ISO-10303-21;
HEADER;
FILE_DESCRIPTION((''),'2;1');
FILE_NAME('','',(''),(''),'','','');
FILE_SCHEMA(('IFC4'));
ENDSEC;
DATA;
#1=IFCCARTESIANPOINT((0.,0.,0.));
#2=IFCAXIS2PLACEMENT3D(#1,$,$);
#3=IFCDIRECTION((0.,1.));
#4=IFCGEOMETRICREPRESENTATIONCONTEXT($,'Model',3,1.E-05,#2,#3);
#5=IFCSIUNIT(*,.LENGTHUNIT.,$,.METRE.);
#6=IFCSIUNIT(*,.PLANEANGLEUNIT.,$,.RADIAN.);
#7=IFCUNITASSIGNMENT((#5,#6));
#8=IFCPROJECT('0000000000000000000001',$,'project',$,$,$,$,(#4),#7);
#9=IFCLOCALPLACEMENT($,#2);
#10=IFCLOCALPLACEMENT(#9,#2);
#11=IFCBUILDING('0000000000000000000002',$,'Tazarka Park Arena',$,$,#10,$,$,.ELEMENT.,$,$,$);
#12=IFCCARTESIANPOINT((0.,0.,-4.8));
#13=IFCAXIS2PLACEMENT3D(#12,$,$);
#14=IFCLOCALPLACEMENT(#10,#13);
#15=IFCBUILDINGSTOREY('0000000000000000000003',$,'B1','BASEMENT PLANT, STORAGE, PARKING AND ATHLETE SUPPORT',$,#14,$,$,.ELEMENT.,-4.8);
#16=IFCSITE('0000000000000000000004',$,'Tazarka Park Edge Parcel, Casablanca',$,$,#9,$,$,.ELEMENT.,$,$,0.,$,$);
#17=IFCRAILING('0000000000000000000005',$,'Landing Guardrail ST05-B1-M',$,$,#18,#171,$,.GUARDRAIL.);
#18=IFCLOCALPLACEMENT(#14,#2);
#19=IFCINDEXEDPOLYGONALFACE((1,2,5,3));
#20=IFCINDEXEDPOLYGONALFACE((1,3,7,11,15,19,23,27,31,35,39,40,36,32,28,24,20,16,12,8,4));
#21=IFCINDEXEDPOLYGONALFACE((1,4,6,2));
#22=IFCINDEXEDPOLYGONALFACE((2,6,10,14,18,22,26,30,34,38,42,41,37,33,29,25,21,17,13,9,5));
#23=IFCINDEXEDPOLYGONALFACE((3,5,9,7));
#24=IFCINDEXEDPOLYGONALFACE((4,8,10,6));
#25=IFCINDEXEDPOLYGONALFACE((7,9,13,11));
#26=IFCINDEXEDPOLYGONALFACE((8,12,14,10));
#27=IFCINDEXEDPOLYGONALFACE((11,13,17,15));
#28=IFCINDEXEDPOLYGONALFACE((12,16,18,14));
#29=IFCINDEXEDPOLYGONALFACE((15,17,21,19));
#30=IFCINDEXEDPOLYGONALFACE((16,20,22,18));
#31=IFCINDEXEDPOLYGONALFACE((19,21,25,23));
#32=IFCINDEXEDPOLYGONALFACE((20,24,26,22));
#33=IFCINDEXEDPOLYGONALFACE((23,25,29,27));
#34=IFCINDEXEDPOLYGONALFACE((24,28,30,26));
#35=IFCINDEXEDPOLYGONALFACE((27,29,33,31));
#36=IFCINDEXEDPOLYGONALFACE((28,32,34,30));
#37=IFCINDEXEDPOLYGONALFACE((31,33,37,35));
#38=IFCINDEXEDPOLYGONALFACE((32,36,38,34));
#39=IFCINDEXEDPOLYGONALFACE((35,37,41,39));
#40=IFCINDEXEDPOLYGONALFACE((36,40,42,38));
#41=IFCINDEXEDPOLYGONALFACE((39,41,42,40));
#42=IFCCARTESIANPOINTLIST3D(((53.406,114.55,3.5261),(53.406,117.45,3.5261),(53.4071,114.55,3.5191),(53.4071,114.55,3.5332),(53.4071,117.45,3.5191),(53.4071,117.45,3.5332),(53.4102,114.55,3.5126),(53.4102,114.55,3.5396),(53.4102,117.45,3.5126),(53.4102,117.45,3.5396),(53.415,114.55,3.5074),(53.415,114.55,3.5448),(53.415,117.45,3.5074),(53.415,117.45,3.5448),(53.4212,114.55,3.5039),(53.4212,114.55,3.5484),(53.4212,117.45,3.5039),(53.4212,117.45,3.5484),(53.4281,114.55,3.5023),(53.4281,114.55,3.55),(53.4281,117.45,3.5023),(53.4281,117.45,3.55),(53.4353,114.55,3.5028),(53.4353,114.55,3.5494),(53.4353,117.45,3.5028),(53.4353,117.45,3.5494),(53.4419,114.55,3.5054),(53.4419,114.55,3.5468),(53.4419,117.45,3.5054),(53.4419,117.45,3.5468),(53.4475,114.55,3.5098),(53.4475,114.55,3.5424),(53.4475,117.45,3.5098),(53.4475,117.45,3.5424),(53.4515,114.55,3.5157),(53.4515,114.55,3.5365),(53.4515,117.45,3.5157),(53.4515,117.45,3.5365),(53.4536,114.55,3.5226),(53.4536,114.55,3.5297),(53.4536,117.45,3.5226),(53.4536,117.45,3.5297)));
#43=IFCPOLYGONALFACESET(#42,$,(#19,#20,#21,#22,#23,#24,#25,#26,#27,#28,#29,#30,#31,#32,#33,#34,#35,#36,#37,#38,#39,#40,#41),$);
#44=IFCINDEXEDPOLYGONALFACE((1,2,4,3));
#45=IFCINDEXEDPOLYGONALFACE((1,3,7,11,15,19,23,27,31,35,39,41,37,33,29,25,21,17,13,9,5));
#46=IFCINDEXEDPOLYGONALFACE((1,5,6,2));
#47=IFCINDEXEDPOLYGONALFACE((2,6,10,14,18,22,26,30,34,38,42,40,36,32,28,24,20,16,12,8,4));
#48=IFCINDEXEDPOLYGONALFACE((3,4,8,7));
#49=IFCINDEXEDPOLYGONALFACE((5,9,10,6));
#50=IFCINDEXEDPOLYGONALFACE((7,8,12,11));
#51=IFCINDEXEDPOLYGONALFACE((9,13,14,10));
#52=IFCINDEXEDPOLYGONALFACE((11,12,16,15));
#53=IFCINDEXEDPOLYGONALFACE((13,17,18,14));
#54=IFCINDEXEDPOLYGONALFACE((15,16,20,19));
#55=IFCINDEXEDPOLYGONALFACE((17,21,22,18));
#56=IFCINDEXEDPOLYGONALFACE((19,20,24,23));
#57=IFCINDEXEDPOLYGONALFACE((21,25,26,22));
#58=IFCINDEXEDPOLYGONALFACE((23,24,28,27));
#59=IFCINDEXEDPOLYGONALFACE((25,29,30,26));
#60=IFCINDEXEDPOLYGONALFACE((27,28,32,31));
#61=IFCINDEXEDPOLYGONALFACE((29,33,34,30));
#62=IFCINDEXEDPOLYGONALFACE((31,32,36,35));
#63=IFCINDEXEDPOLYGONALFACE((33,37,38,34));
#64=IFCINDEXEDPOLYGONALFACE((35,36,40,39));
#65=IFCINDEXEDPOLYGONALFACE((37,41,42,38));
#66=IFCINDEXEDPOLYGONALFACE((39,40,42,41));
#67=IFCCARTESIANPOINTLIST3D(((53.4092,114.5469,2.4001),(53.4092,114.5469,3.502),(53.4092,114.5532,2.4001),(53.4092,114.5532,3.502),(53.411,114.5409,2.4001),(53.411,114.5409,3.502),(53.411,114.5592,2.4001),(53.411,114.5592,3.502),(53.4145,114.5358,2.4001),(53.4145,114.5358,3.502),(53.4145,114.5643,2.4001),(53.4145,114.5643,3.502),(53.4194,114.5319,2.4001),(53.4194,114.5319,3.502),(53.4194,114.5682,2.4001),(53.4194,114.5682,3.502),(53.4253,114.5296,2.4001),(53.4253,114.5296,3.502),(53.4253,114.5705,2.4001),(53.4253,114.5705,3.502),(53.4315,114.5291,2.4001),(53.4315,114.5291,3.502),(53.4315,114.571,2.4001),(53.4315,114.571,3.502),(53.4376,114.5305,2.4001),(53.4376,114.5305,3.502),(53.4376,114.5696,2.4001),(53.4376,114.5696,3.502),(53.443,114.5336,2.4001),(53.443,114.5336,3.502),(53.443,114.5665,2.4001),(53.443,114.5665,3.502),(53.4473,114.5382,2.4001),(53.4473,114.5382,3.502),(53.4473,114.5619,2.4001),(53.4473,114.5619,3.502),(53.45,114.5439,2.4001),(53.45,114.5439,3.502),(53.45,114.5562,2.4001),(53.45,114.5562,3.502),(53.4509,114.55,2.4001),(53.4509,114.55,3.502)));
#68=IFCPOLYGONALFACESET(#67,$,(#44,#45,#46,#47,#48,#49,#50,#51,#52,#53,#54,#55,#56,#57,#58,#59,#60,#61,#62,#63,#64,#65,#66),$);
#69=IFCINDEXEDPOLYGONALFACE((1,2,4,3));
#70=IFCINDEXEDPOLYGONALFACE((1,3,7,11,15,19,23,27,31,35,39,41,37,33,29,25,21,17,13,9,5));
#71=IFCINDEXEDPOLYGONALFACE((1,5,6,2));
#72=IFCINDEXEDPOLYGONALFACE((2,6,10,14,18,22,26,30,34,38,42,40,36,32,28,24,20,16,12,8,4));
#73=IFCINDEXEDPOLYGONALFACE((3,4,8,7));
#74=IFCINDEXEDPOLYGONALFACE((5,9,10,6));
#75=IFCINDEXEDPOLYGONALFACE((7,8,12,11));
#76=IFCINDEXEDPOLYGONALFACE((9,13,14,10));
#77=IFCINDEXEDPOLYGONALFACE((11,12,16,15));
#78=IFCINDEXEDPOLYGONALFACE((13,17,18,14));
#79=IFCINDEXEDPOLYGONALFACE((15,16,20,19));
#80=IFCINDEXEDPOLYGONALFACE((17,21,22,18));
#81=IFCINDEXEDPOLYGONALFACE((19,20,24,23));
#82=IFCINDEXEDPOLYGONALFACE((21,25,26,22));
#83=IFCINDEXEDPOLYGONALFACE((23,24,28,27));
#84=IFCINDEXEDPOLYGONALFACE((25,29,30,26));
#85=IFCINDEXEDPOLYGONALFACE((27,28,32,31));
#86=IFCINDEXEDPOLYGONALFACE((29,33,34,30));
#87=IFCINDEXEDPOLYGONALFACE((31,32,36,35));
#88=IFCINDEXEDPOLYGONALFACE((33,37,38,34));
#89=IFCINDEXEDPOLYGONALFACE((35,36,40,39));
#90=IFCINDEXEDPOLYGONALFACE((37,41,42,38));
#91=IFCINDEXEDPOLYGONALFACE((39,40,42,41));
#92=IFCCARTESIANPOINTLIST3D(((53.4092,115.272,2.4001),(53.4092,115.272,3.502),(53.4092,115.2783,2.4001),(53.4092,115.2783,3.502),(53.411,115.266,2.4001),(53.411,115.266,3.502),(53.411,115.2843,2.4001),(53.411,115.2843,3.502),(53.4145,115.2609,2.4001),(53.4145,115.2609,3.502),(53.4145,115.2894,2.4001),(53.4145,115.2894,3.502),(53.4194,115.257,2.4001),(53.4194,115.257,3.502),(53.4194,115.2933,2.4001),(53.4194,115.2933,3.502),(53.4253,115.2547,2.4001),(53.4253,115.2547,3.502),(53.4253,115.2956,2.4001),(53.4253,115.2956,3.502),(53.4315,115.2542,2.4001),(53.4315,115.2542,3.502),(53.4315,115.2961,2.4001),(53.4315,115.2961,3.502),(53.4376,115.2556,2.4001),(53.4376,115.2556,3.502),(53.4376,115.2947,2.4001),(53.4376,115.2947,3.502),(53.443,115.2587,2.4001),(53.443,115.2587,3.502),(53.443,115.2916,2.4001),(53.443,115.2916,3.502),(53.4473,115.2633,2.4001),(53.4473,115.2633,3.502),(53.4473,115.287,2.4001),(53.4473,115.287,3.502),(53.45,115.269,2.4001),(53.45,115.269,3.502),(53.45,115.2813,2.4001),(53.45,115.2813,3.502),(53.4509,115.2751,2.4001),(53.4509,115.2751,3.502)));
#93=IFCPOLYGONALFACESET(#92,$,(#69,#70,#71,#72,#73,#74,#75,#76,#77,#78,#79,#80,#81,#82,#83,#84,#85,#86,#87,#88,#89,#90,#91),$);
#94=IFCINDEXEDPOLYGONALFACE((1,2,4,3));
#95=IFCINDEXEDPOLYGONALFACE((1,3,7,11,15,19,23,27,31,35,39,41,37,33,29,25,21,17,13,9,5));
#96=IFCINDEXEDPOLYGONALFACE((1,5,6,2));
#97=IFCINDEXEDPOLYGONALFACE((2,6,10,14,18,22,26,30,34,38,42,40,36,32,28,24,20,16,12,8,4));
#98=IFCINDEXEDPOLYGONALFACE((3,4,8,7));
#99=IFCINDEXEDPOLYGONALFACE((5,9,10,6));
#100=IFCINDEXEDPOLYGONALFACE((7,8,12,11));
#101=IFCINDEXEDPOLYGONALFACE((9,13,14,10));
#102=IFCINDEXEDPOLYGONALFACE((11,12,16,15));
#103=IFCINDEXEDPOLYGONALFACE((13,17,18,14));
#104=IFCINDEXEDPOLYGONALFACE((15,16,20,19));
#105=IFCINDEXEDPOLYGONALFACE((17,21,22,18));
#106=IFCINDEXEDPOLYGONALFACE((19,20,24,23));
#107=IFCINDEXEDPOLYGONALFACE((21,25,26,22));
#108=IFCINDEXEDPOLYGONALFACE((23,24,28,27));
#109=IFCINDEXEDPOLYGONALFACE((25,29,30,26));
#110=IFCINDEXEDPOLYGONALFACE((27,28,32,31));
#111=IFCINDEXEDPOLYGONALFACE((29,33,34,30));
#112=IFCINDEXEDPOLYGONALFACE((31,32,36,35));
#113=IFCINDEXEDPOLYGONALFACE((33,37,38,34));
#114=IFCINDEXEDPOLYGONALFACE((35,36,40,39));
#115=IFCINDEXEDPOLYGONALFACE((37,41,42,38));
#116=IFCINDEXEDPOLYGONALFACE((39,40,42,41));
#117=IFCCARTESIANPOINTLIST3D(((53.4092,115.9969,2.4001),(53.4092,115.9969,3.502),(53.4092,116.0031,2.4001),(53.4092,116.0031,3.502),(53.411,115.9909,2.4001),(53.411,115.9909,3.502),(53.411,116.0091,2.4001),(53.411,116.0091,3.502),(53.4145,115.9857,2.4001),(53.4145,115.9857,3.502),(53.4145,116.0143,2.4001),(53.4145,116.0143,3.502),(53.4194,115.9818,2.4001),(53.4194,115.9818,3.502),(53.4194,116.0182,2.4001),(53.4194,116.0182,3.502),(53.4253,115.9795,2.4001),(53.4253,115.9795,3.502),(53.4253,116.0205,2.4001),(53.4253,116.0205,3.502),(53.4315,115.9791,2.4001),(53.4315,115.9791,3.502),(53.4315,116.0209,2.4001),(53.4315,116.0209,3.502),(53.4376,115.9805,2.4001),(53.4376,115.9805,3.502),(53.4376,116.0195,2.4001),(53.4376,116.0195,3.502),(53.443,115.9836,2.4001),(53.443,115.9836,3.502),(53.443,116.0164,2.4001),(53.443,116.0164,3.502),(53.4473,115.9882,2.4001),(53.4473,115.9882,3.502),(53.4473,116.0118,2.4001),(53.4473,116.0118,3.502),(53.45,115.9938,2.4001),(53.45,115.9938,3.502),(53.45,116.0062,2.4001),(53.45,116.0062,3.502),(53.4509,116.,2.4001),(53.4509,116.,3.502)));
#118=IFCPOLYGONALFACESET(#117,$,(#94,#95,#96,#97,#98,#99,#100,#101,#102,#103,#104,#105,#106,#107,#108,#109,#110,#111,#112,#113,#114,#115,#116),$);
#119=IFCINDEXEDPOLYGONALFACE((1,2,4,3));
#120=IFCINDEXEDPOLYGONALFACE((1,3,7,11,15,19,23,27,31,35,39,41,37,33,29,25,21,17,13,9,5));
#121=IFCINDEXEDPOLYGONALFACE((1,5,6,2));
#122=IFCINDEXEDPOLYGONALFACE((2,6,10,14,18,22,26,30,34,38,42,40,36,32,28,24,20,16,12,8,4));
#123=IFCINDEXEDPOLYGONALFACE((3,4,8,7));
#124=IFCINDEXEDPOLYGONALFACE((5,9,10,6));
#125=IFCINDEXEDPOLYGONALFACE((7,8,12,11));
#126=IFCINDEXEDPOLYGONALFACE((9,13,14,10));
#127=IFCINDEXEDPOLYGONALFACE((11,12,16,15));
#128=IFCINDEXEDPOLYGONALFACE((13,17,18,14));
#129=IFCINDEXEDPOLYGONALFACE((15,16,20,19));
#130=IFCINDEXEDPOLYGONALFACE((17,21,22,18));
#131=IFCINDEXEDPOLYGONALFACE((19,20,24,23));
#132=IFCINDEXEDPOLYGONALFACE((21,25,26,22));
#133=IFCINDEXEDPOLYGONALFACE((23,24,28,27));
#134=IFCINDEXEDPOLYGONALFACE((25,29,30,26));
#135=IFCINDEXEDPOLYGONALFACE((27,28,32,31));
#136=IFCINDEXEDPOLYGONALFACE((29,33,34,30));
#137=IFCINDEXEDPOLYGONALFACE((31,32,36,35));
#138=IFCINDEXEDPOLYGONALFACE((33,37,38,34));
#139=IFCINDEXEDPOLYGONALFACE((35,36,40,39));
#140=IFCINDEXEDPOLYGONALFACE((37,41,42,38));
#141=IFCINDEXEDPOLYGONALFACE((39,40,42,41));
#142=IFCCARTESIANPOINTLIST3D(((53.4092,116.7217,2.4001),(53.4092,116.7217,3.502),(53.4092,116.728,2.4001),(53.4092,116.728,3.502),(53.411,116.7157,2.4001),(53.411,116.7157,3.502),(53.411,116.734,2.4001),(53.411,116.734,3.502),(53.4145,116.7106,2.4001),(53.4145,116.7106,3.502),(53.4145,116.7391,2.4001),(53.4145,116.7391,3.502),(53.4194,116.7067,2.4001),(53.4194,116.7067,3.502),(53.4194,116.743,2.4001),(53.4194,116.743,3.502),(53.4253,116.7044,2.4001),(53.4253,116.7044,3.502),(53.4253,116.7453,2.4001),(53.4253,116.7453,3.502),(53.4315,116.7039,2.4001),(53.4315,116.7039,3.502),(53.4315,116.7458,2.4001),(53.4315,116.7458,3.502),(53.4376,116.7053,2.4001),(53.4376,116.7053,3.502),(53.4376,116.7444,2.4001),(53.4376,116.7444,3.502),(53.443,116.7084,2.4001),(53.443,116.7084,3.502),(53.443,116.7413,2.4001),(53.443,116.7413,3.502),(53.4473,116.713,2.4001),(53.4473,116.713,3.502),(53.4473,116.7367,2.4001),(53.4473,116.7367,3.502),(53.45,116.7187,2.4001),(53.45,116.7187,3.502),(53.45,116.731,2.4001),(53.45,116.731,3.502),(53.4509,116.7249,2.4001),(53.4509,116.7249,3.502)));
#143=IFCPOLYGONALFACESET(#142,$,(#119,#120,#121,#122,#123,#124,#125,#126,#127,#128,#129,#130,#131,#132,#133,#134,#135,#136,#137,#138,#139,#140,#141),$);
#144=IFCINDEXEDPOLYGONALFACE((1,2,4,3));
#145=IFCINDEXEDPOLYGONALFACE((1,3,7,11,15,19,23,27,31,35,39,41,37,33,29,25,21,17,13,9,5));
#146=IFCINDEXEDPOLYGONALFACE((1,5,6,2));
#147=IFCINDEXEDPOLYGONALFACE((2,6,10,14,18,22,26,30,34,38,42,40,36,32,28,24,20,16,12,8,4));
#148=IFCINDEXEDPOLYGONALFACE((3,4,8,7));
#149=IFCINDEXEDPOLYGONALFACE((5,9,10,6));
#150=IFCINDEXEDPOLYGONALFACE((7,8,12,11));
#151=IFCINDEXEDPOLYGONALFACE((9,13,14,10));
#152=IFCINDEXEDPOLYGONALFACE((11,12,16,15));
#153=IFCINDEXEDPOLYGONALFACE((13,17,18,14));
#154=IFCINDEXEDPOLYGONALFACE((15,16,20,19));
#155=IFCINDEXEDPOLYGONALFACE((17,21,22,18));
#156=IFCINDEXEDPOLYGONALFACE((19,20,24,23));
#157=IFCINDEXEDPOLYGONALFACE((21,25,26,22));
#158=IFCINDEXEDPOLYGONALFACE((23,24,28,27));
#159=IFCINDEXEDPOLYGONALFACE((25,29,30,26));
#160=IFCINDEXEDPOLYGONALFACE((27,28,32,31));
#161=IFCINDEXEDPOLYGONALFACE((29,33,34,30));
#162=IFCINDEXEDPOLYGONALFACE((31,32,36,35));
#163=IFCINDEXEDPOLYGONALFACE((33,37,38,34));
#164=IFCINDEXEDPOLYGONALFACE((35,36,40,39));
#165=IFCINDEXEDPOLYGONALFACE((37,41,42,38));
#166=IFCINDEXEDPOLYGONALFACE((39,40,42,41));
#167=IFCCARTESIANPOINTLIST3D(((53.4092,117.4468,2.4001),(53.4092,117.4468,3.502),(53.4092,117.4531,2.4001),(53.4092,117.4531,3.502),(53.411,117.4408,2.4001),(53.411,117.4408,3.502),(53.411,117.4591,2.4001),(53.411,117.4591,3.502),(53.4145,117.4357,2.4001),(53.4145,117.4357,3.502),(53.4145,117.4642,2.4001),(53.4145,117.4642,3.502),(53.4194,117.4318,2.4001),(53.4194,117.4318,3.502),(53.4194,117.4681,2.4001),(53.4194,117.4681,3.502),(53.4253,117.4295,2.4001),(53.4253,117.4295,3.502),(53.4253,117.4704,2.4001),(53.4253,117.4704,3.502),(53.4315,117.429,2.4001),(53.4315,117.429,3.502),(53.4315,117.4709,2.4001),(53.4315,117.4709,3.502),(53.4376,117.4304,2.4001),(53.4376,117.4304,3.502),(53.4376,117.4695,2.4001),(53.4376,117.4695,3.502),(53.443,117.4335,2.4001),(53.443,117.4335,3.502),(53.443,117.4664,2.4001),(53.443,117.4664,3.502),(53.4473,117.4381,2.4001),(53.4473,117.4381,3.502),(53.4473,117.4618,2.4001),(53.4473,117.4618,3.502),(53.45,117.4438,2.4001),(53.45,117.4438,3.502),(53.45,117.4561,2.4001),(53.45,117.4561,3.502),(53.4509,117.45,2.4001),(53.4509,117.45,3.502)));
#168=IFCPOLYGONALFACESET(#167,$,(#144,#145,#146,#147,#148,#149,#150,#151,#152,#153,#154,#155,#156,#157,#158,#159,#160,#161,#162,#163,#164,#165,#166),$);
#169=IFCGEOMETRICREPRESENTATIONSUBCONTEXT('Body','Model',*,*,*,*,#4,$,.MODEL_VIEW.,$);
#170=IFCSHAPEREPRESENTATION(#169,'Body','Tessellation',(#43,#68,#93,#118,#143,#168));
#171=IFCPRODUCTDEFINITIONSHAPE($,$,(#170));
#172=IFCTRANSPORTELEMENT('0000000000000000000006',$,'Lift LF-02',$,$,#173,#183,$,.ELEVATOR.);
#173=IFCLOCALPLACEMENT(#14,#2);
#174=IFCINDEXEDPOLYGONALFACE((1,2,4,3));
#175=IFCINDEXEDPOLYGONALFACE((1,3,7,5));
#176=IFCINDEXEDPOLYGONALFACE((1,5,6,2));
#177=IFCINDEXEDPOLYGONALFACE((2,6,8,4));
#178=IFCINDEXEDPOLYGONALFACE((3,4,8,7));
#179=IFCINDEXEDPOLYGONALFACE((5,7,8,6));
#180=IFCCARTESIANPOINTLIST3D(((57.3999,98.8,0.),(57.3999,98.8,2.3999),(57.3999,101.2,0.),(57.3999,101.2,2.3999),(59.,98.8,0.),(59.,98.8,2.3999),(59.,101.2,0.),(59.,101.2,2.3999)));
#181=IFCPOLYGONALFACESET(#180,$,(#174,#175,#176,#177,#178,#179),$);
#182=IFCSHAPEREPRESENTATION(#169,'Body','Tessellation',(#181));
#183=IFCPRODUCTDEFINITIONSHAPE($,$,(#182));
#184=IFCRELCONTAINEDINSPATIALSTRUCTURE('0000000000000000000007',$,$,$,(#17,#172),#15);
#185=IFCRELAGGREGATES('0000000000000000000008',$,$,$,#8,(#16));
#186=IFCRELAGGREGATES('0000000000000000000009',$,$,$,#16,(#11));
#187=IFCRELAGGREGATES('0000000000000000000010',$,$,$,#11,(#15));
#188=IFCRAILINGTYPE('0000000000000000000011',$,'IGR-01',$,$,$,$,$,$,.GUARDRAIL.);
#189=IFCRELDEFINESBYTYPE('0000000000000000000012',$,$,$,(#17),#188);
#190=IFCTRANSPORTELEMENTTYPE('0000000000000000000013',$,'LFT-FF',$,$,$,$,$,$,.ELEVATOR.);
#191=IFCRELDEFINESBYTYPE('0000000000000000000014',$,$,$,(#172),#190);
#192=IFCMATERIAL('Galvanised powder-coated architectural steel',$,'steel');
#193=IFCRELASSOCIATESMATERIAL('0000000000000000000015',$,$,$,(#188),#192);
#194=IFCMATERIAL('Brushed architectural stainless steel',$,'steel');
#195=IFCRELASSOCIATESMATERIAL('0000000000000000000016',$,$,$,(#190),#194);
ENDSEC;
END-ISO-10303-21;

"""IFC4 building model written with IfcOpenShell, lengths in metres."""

from ifc_helpers import new_model, si_unit, direction, frame, origin, origin_2d, place, context, subcontext, project, spatial, rectangle, circle, extrude, material, type_object, element, save


model = new_model("IFC4")

# Units and contexts
model_context = context("Model", 3, precision=1e-05, world=origin(), true_north=direction((0.0, 1.0)))
body_context = subcontext(model_context, "Body", "Model", "MODEL_VIEW")
ifc_project = project(units=[si_unit("LENGTHUNIT", "METRE"), si_unit("PLANEANGLEUNIT", "RADIAN")], contexts=[model_context])

# Site, building, storey
site_placement = place(None, origin())
site = spatial("IfcSite", under=ifc_project, at=site_placement, Name="Tazarka Park Edge Parcel, Casablanca", CompositionType="ELEMENT", RefElevation=0.0)
building_placement = place(site_placement, origin())
building = spatial("IfcBuilding", under=site, at=building_placement, Name="Tazarka Park Arena", CompositionType="ELEMENT")
storey_placement = place(building_placement, frame((0.0, 0.0, -4.8)))
storey = spatial("IfcBuildingStorey", under=building, at=storey_placement, Name="B1", Description="BASEMENT PLANT, STORAGE, PARKING AND ATHLETE SUPPORT", CompositionType="ELEMENT", Elevation=-4.8)

# Railing
ifc_material_1 = material(Name="Galvanised powder-coated architectural steel", Category="steel")
railing_type = type_object("IfcRailingType", Name="IGR-01", PredefinedType="GUARDRAIL", material=ifc_material_1)
railing_placement = place(storey_placement, frame((53.4299, 114.55, 2.4001)))
element("IfcRailing", 1, at=railing_placement, inside=storey, type_object=railing_type, Name="Landing Guardrail ST05-B1-M", PredefinedType="GUARDRAIL", context=body_context, shape_type="SweptSolid", body=[
    extrude(circle(Radius=0.0239, at=origin_2d()), frame((0.0, 0.0, 1.126), z_axis=(0.0, 1.0, 0.0), x_axis=(-1.0, 0.0, 0.0)), (0.0, 0.0, 1.0), 2.8999),
    extrude(circle(Radius=0.021, at=origin_2d()), origin(), (0.0, 0.0, 1.0), 1.1018),
    extrude(circle(Radius=0.021, at=origin_2d()), frame((0.0, 0.7251, 0.0)), (0.0, 0.0, 1.0), 1.1018),
    extrude(circle(Radius=0.021, at=origin_2d()), frame((0.0, 1.45, 0.0)), (0.0, 0.0, 1.0), 1.1018),
    extrude(circle(Radius=0.021, at=origin_2d()), frame((0.0, 2.1748, 0.0)), (0.0, 0.0, 1.0), 1.1018),
    extrude(circle(Radius=0.021, at=origin_2d()), frame((0.0, 2.8999, 0.0)), (0.0, 0.0, 1.0), 1.1018),
])

# Transport element
ifc_material_2 = material(Name="Brushed architectural stainless steel", Category="steel")
transport_element_type = type_object("IfcTransportElementType", Name="LFT-FF", PredefinedType="ELEVATOR", material=ifc_material_2)
transport_element_placement = place(storey_placement, frame((58.2, 100.0, 0.0), z_axis=(0.0, 0.0, 1.0), x_axis=(1.0, 0.0, 0.0)))
element("IfcTransportElement", 2, at=transport_element_placement, inside=storey, type_object=transport_element_type, Name="Lift LF-02", PredefinedType="ELEVATOR", context=body_context, shape_type="SweptSolid", body=[
    extrude(rectangle(XDim=1.6001, YDim=2.3999, at=origin_2d()), origin(), (0.0, 0.0, 1.0), 2.3999),
])

save(model, "model.ifc")
